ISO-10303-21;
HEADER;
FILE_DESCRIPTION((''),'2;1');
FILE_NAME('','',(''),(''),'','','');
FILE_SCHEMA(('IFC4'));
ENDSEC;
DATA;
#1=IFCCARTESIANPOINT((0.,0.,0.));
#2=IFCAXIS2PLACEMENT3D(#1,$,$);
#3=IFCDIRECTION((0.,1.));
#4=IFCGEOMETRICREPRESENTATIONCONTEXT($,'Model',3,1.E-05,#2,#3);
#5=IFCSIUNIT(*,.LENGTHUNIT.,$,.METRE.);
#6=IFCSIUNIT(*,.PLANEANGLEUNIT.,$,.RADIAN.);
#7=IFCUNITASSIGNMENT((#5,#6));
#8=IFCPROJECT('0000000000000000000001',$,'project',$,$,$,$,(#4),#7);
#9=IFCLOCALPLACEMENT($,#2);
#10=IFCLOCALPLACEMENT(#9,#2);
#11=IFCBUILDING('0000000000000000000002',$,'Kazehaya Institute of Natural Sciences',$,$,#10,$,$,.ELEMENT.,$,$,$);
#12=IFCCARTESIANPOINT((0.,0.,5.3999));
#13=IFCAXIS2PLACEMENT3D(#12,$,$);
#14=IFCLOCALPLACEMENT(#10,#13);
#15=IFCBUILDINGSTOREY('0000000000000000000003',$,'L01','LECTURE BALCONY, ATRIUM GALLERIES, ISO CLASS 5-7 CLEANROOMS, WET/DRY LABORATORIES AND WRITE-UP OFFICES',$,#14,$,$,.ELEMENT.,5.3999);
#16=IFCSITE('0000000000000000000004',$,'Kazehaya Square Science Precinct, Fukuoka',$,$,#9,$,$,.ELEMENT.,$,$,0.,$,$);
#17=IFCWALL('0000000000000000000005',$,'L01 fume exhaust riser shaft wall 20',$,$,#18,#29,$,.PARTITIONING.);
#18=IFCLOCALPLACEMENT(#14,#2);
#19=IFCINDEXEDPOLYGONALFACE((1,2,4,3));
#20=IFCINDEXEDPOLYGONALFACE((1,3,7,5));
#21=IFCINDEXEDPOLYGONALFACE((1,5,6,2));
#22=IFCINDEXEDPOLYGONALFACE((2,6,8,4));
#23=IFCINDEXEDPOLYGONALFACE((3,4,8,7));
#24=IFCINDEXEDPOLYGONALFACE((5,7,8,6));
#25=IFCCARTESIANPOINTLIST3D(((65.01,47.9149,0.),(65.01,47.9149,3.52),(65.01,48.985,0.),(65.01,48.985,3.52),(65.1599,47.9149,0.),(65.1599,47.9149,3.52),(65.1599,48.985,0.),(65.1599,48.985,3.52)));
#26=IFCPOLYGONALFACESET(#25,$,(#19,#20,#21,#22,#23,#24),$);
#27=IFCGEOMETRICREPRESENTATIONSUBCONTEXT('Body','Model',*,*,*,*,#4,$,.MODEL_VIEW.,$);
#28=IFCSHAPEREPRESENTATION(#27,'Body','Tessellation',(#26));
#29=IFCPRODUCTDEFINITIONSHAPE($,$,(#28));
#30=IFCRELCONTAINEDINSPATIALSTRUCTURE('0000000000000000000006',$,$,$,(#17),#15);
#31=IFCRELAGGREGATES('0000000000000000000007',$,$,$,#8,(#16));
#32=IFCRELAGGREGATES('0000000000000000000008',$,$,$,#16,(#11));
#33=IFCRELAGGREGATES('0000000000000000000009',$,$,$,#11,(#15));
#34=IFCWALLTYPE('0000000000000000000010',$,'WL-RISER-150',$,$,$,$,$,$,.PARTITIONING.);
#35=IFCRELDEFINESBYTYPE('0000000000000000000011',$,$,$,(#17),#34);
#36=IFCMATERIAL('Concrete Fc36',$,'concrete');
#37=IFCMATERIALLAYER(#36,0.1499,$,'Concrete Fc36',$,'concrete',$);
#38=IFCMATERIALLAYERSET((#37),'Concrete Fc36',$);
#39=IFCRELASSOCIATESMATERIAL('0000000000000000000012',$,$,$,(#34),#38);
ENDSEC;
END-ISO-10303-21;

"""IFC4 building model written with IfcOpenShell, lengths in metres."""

from ifc_helpers import new_model, si_unit, direction, frame, frame_2d, origin, place, context, subcontext, project, spatial, rectangle, extrude, material, layer, layer_set, type_object, element, save


model = new_model("IFC4")

# Units and contexts
model_context = context("Model", 3, precision=1e-05, world=origin(), true_north=direction((0.0, 1.0)))
body_context = subcontext(model_context, "Body", "Model", "MODEL_VIEW")
ifc_project = project(units=[si_unit("LENGTHUNIT", "METRE"), si_unit("PLANEANGLEUNIT", "RADIAN")], contexts=[model_context])

# Site, building, storey
site_placement = place(None, origin())
site = spatial("IfcSite", under=ifc_project, at=site_placement, Name="Kazehaya Square Science Precinct, Fukuoka", CompositionType="ELEMENT", RefElevation=0.0)
building_placement = place(site_placement, origin())
building = spatial("IfcBuilding", under=site, at=building_placement, Name="Kazehaya Institute of Natural Sciences", CompositionType="ELEMENT")
storey_placement = place(building_placement, frame((0.0, 0.0, 5.3999)))
storey = spatial("IfcBuildingStorey", under=building, at=storey_placement, Name="L01", Description="LECTURE BALCONY, ATRIUM GALLERIES, ISO CLASS 5-7 CLEANROOMS, WET/DRY LABORATORIES AND WRITE-UP OFFICES", CompositionType="ELEMENT", Elevation=5.3999)

# Shared definitions
ifc_material_1 = material(Name="Concrete Fc36", Category="concrete")

# Wall
ifc_layer_1 = layer(ifc_material_1, 0.1499, Name="Concrete Fc36", Category="concrete")
ifc_layer_set_1 = layer_set([ifc_layer_1], Name="Concrete Fc36")
wall_type_1 = type_object("IfcWallType", Name="WL-RISER-150", PredefinedType="PARTITIONING", material=ifc_layer_set_1)
for number, where, z_axis, x_axis, name in (
    (1, (65.085, 48.9851, 0.0), (0.0, 0.0, 1.0), (0.0, -1.0, 0.0), "L01 fume exhaust riser shaft wall 20"),
):
    element("IfcWall", number, at=place(storey_placement, frame(where, z_axis=z_axis, x_axis=x_axis)), inside=storey, type_object=wall_type_1, Name=name, PredefinedType="PARTITIONING", context=body_context, shape_type="SweptSolid", body=[
        extrude(rectangle(XDim=1.0701, YDim=0.1499, at=frame_2d((0.5352, 0.0))), origin(), (0.0, 0.0, 1.0), 3.52),
    ])

save(model, "model.ifc")
